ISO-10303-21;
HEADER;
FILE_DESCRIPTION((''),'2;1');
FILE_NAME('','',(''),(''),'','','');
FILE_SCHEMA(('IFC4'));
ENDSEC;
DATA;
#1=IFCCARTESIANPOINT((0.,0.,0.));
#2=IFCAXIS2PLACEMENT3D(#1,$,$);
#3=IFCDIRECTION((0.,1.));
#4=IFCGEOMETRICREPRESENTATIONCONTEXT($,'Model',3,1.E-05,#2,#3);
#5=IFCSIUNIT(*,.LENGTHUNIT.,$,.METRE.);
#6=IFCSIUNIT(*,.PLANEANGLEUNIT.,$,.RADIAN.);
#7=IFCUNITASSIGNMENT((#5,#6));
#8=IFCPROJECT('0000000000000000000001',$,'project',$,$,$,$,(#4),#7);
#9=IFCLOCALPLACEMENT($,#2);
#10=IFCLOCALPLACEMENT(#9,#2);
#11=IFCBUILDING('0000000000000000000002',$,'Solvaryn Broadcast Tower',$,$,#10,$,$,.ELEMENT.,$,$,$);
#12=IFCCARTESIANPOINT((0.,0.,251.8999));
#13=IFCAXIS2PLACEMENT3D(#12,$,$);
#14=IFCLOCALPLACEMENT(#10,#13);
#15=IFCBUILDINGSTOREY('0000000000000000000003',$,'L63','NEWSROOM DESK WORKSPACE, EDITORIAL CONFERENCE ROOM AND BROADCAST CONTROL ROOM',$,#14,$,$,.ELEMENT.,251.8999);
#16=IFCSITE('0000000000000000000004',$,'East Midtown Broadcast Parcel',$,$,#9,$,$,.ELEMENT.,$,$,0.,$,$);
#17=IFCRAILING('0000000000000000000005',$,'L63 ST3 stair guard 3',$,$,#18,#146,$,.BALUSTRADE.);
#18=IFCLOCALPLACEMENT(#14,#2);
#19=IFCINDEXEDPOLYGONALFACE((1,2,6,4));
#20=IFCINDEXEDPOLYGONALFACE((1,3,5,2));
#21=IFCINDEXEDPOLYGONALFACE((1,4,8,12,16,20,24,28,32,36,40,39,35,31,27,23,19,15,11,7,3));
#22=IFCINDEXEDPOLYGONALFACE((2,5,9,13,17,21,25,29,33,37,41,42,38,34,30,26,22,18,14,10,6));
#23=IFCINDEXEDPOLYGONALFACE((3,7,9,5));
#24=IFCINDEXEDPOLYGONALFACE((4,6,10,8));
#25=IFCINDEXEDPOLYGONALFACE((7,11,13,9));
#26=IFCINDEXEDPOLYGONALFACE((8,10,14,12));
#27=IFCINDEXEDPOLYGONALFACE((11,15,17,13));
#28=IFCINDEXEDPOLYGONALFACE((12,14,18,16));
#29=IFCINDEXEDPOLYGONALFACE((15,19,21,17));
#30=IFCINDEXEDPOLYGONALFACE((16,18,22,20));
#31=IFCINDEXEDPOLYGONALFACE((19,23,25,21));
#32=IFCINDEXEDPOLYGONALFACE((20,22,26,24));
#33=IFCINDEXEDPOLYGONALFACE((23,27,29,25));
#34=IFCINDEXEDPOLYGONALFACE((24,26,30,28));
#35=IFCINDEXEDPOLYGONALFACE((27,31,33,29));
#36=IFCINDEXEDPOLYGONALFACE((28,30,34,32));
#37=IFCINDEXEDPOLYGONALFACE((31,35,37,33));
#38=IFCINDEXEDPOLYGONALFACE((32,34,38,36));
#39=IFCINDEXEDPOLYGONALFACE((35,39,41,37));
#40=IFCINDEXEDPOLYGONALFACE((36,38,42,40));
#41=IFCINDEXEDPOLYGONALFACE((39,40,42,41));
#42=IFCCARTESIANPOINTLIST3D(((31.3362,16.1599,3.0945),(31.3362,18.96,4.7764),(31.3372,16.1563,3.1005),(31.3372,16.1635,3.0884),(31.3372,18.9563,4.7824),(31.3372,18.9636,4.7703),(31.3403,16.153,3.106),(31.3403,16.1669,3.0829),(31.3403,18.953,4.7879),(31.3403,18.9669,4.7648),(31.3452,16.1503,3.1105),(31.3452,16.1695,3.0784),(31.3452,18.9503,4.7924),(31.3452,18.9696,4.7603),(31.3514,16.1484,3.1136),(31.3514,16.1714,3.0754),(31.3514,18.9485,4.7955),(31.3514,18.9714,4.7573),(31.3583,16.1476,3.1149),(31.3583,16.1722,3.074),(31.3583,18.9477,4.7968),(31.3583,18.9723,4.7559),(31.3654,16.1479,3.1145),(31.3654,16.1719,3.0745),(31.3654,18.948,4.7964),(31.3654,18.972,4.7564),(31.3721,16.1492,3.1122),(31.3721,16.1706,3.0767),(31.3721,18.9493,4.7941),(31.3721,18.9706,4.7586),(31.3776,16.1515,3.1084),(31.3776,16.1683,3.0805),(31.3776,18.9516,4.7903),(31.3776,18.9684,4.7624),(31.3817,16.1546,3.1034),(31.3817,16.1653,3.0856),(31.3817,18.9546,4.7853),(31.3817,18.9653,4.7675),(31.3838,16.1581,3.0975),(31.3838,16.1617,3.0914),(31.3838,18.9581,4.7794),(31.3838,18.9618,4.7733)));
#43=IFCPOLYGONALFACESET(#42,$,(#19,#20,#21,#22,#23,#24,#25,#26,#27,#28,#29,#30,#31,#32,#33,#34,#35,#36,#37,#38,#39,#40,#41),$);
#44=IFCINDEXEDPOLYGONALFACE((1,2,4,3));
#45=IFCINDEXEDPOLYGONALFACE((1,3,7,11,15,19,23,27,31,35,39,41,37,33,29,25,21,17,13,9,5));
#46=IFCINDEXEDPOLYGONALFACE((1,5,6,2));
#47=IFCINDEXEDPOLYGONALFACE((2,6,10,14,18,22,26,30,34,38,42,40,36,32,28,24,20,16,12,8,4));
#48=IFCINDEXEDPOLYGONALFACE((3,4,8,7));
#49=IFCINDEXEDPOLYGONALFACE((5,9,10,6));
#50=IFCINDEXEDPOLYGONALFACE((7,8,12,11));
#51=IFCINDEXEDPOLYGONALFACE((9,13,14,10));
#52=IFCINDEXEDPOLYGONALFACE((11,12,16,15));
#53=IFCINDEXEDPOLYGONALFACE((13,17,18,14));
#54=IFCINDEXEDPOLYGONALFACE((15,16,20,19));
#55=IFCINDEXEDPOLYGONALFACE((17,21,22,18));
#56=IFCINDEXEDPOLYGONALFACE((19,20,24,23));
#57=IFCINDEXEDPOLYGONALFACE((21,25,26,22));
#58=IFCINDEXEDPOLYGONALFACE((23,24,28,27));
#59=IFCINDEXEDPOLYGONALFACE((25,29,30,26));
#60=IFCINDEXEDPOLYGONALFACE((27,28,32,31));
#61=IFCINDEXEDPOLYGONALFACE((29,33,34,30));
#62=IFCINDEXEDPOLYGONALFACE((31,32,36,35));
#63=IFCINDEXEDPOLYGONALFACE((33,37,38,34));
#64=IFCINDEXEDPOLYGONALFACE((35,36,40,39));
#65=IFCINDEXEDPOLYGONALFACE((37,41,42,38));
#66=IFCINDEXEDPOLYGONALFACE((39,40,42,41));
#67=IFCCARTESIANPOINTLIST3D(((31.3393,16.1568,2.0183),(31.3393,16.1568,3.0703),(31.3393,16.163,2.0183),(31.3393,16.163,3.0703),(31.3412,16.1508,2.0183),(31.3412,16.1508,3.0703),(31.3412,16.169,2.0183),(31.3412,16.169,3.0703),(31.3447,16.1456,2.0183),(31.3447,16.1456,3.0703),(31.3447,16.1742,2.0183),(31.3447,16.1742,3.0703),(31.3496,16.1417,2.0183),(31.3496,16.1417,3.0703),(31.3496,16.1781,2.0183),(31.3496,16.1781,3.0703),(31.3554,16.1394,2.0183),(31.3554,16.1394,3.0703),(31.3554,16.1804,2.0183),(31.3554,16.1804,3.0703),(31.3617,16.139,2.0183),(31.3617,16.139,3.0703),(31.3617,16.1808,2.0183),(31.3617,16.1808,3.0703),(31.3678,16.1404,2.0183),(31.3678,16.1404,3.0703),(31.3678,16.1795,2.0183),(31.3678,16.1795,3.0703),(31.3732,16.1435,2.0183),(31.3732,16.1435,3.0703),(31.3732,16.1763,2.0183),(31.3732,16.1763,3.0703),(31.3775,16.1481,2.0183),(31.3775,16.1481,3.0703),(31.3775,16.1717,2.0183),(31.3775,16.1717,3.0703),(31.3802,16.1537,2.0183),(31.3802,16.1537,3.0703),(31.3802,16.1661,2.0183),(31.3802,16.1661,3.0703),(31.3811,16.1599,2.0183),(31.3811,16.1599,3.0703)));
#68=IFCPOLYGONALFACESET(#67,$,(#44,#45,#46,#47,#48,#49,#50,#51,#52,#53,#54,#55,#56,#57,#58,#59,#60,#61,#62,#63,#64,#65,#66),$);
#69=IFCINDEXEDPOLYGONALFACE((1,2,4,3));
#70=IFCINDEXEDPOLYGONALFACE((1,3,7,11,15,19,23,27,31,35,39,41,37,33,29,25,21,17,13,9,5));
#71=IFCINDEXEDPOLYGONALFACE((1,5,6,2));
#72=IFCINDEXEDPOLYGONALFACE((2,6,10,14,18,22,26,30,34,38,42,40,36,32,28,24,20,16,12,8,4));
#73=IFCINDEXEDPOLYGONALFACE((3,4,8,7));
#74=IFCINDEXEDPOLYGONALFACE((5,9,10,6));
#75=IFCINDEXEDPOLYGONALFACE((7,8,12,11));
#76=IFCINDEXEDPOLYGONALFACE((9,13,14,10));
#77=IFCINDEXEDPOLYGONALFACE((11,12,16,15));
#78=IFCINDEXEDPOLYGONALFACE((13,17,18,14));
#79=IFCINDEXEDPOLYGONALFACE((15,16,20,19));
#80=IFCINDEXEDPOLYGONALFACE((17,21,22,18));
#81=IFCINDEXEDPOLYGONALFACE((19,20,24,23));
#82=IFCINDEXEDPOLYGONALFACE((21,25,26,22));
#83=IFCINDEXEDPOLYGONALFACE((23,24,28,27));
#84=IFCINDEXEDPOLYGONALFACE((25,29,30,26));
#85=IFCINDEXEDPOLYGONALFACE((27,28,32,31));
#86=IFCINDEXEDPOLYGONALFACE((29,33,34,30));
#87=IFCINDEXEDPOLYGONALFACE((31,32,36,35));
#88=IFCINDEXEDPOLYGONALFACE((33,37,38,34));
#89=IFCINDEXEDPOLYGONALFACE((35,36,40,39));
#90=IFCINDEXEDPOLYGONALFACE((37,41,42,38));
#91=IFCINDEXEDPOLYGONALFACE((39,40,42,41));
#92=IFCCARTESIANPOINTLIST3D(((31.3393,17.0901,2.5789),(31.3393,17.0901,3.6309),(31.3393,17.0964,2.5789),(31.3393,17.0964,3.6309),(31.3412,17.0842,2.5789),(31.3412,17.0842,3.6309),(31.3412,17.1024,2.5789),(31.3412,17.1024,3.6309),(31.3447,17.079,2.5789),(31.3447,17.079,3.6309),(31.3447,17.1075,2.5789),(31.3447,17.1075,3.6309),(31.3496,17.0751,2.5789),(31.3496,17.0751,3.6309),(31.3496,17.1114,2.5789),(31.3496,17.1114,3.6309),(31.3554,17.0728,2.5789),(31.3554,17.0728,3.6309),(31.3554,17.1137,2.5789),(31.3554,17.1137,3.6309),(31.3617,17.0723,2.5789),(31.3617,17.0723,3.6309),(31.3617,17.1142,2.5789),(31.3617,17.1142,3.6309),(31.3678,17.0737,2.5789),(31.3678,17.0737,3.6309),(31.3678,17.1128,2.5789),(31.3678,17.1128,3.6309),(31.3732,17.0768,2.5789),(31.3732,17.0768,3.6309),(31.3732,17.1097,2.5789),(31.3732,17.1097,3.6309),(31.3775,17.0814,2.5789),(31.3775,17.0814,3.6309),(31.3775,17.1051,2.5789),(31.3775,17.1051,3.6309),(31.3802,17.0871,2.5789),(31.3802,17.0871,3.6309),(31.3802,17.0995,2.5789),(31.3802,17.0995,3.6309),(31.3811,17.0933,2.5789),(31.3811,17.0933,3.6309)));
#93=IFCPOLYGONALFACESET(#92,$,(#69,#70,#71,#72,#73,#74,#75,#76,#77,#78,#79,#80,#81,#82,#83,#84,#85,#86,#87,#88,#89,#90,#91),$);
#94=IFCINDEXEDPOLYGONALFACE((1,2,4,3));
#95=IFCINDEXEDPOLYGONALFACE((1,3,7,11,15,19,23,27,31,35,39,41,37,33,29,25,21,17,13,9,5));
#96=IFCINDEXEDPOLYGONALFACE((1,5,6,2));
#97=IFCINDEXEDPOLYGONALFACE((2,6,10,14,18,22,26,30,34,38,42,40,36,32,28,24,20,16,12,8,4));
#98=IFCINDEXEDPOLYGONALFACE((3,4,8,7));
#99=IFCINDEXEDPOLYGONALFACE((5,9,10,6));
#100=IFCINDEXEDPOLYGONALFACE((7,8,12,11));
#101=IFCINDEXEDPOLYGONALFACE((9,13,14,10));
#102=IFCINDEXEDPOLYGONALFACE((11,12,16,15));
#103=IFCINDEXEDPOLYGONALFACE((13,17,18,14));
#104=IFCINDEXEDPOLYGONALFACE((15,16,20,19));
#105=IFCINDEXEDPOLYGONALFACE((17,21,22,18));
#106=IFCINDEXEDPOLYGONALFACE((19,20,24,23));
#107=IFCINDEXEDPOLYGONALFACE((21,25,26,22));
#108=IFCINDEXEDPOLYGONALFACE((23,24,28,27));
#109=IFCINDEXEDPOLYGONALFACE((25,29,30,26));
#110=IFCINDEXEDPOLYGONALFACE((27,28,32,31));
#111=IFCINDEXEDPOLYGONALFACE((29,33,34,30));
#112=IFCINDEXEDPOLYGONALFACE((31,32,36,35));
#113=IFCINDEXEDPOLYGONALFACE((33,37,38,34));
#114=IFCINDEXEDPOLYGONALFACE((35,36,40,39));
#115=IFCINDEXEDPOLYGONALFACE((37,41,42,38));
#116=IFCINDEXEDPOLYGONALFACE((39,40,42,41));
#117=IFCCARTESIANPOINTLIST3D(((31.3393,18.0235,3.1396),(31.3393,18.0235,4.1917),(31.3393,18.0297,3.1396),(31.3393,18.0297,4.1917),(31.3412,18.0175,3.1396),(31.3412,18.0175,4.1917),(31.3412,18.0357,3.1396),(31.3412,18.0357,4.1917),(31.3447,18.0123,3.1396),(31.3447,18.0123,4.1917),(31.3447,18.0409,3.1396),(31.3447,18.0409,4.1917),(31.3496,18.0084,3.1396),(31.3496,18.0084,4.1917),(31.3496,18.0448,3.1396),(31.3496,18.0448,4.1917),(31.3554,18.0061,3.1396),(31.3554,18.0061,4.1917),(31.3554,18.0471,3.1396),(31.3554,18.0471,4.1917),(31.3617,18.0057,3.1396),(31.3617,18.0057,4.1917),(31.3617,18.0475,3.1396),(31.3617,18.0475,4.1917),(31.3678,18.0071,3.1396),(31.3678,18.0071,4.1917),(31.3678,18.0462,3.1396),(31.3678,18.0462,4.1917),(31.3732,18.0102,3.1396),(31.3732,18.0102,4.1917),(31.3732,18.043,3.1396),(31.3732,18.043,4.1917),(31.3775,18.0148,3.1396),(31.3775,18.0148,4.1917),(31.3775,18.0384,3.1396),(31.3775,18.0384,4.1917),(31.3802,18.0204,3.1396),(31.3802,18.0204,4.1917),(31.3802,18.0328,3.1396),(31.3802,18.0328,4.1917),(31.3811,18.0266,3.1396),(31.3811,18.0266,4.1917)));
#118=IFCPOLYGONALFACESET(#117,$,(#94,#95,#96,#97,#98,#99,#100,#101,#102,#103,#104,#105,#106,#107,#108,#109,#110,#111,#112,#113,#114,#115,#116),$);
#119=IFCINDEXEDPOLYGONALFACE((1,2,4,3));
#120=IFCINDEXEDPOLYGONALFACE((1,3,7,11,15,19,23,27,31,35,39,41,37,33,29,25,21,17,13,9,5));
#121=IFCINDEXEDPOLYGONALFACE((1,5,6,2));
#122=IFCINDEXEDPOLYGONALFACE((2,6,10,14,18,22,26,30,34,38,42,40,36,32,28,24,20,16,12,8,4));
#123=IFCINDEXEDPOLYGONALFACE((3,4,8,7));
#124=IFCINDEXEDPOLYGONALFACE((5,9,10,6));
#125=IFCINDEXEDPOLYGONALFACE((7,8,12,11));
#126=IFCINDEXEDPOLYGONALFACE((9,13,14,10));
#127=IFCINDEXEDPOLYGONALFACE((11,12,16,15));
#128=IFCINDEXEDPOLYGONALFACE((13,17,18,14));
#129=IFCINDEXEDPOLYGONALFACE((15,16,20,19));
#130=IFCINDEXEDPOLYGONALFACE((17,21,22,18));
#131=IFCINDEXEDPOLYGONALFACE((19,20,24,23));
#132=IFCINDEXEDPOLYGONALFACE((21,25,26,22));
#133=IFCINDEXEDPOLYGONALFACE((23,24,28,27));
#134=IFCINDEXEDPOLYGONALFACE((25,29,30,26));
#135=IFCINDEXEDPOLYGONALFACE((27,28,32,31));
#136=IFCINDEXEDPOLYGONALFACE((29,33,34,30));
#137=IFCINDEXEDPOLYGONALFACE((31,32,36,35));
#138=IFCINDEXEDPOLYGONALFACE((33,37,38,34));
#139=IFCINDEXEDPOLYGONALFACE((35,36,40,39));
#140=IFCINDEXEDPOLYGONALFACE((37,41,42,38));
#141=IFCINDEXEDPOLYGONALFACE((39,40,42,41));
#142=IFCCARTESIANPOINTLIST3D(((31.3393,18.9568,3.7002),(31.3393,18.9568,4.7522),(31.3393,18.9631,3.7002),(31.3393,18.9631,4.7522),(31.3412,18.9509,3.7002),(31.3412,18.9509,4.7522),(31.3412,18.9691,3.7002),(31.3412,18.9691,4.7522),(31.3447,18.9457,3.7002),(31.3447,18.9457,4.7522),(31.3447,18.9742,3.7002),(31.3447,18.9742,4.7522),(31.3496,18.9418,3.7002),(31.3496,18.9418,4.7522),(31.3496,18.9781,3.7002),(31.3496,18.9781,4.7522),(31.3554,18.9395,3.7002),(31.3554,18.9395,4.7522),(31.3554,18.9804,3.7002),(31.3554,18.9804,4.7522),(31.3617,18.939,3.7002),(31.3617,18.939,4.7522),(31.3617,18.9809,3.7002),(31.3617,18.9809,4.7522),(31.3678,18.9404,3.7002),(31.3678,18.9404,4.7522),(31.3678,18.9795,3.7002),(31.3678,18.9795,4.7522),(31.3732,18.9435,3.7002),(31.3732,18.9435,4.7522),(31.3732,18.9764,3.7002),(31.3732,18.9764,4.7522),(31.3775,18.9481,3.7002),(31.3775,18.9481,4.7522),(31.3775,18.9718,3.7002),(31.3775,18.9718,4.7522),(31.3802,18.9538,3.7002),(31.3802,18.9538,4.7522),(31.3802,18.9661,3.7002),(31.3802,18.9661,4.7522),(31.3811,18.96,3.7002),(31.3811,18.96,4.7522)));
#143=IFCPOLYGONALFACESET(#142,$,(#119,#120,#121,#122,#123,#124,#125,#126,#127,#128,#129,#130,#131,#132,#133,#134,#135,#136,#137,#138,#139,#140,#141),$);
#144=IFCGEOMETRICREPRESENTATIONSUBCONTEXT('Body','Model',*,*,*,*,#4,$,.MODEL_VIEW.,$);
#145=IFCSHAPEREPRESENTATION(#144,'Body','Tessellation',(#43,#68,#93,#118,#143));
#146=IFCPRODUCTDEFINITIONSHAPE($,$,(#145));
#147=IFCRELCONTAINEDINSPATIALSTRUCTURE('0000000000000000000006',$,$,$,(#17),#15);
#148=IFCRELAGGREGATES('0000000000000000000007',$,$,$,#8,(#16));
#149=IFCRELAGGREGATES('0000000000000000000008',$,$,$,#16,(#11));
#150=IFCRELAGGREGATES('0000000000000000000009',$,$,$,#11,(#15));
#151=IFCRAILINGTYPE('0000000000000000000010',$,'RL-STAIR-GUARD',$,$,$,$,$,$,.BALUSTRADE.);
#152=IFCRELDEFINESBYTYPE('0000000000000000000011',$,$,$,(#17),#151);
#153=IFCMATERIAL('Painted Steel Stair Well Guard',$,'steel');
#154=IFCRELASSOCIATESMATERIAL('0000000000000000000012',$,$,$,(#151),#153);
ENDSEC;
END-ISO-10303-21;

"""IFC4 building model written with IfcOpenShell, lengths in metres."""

from ifc_helpers import new_model, si_unit, direction, frame, origin, origin_2d, place, context, subcontext, project, spatial, circle, extrude, material, type_object, element, save


model = new_model("IFC4")

# Units and contexts
model_context = context("Model", 3, precision=1e-05, world=origin(), true_north=direction((0.0, 1.0)))
body_context = subcontext(model_context, "Body", "Model", "MODEL_VIEW")
ifc_project = project(units=[si_unit("LENGTHUNIT", "METRE"), si_unit("PLANEANGLEUNIT", "RADIAN")], contexts=[model_context])

# Site, building, storey
site_placement = place(None, origin())
site = spatial("IfcSite", under=ifc_project, at=site_placement, Name="East Midtown Broadcast Parcel", CompositionType="ELEMENT", RefElevation=0.0)
building_placement = place(site_placement, origin())
building = spatial("IfcBuilding", under=site, at=building_placement, Name="Solvaryn Broadcast Tower", CompositionType="ELEMENT")
storey_placement = place(building_placement, frame((0.0, 0.0, 251.8999)))
storey = spatial("IfcBuildingStorey", under=building, at=storey_placement, Name="L63", Description="NEWSROOM DESK WORKSPACE, EDITORIAL CONFERENCE ROOM AND BROADCAST CONTROL ROOM", CompositionType="ELEMENT", Elevation=251.8999)

# Railing
ifc_material_1 = material(Name="Painted Steel Stair Well Guard", Category="steel")
railing_type_1 = type_object("IfcRailingType", Name="RL-STAIR-GUARD", PredefinedType="BALUSTRADE", material=ifc_material_1)
railing_1_placement = place(storey_placement, frame((31.3601, 16.1599, 2.0183)))
element("IfcRailing", 1, at=railing_1_placement, inside=storey, type_object=railing_type_1, Name="L63 ST3 stair guard 3", PredefinedType="BALUSTRADE", context=body_context, shape_type="SweptSolid", body=[
    extrude(circle(Radius=0.0239, at=origin_2d()), frame((0.0, 0.0, 1.0762), z_axis=(0.0, 0.857242, 0.514913), x_axis=(-1.0, 0.0, 0.0)), (0.0, 0.0, 1.0), 3.2664),
    extrude(circle(Radius=0.021, at=origin_2d()), origin(), (0.0, 0.0, 1.0), 1.052),
    extrude(circle(Radius=0.021, at=origin_2d()), frame((0.0, 0.9333, 0.5605)), (0.0, 0.0, 1.0), 1.052),
    extrude(circle(Radius=0.021, at=origin_2d()), frame((0.0, 1.8667, 1.1213)), (0.0, 0.0, 1.0), 1.052),
    extrude(circle(Radius=0.021, at=origin_2d()), frame((0.0, 2.8, 1.6819)), (0.0, 0.0, 1.0), 1.052),
])

save(model, "model.ifc")
